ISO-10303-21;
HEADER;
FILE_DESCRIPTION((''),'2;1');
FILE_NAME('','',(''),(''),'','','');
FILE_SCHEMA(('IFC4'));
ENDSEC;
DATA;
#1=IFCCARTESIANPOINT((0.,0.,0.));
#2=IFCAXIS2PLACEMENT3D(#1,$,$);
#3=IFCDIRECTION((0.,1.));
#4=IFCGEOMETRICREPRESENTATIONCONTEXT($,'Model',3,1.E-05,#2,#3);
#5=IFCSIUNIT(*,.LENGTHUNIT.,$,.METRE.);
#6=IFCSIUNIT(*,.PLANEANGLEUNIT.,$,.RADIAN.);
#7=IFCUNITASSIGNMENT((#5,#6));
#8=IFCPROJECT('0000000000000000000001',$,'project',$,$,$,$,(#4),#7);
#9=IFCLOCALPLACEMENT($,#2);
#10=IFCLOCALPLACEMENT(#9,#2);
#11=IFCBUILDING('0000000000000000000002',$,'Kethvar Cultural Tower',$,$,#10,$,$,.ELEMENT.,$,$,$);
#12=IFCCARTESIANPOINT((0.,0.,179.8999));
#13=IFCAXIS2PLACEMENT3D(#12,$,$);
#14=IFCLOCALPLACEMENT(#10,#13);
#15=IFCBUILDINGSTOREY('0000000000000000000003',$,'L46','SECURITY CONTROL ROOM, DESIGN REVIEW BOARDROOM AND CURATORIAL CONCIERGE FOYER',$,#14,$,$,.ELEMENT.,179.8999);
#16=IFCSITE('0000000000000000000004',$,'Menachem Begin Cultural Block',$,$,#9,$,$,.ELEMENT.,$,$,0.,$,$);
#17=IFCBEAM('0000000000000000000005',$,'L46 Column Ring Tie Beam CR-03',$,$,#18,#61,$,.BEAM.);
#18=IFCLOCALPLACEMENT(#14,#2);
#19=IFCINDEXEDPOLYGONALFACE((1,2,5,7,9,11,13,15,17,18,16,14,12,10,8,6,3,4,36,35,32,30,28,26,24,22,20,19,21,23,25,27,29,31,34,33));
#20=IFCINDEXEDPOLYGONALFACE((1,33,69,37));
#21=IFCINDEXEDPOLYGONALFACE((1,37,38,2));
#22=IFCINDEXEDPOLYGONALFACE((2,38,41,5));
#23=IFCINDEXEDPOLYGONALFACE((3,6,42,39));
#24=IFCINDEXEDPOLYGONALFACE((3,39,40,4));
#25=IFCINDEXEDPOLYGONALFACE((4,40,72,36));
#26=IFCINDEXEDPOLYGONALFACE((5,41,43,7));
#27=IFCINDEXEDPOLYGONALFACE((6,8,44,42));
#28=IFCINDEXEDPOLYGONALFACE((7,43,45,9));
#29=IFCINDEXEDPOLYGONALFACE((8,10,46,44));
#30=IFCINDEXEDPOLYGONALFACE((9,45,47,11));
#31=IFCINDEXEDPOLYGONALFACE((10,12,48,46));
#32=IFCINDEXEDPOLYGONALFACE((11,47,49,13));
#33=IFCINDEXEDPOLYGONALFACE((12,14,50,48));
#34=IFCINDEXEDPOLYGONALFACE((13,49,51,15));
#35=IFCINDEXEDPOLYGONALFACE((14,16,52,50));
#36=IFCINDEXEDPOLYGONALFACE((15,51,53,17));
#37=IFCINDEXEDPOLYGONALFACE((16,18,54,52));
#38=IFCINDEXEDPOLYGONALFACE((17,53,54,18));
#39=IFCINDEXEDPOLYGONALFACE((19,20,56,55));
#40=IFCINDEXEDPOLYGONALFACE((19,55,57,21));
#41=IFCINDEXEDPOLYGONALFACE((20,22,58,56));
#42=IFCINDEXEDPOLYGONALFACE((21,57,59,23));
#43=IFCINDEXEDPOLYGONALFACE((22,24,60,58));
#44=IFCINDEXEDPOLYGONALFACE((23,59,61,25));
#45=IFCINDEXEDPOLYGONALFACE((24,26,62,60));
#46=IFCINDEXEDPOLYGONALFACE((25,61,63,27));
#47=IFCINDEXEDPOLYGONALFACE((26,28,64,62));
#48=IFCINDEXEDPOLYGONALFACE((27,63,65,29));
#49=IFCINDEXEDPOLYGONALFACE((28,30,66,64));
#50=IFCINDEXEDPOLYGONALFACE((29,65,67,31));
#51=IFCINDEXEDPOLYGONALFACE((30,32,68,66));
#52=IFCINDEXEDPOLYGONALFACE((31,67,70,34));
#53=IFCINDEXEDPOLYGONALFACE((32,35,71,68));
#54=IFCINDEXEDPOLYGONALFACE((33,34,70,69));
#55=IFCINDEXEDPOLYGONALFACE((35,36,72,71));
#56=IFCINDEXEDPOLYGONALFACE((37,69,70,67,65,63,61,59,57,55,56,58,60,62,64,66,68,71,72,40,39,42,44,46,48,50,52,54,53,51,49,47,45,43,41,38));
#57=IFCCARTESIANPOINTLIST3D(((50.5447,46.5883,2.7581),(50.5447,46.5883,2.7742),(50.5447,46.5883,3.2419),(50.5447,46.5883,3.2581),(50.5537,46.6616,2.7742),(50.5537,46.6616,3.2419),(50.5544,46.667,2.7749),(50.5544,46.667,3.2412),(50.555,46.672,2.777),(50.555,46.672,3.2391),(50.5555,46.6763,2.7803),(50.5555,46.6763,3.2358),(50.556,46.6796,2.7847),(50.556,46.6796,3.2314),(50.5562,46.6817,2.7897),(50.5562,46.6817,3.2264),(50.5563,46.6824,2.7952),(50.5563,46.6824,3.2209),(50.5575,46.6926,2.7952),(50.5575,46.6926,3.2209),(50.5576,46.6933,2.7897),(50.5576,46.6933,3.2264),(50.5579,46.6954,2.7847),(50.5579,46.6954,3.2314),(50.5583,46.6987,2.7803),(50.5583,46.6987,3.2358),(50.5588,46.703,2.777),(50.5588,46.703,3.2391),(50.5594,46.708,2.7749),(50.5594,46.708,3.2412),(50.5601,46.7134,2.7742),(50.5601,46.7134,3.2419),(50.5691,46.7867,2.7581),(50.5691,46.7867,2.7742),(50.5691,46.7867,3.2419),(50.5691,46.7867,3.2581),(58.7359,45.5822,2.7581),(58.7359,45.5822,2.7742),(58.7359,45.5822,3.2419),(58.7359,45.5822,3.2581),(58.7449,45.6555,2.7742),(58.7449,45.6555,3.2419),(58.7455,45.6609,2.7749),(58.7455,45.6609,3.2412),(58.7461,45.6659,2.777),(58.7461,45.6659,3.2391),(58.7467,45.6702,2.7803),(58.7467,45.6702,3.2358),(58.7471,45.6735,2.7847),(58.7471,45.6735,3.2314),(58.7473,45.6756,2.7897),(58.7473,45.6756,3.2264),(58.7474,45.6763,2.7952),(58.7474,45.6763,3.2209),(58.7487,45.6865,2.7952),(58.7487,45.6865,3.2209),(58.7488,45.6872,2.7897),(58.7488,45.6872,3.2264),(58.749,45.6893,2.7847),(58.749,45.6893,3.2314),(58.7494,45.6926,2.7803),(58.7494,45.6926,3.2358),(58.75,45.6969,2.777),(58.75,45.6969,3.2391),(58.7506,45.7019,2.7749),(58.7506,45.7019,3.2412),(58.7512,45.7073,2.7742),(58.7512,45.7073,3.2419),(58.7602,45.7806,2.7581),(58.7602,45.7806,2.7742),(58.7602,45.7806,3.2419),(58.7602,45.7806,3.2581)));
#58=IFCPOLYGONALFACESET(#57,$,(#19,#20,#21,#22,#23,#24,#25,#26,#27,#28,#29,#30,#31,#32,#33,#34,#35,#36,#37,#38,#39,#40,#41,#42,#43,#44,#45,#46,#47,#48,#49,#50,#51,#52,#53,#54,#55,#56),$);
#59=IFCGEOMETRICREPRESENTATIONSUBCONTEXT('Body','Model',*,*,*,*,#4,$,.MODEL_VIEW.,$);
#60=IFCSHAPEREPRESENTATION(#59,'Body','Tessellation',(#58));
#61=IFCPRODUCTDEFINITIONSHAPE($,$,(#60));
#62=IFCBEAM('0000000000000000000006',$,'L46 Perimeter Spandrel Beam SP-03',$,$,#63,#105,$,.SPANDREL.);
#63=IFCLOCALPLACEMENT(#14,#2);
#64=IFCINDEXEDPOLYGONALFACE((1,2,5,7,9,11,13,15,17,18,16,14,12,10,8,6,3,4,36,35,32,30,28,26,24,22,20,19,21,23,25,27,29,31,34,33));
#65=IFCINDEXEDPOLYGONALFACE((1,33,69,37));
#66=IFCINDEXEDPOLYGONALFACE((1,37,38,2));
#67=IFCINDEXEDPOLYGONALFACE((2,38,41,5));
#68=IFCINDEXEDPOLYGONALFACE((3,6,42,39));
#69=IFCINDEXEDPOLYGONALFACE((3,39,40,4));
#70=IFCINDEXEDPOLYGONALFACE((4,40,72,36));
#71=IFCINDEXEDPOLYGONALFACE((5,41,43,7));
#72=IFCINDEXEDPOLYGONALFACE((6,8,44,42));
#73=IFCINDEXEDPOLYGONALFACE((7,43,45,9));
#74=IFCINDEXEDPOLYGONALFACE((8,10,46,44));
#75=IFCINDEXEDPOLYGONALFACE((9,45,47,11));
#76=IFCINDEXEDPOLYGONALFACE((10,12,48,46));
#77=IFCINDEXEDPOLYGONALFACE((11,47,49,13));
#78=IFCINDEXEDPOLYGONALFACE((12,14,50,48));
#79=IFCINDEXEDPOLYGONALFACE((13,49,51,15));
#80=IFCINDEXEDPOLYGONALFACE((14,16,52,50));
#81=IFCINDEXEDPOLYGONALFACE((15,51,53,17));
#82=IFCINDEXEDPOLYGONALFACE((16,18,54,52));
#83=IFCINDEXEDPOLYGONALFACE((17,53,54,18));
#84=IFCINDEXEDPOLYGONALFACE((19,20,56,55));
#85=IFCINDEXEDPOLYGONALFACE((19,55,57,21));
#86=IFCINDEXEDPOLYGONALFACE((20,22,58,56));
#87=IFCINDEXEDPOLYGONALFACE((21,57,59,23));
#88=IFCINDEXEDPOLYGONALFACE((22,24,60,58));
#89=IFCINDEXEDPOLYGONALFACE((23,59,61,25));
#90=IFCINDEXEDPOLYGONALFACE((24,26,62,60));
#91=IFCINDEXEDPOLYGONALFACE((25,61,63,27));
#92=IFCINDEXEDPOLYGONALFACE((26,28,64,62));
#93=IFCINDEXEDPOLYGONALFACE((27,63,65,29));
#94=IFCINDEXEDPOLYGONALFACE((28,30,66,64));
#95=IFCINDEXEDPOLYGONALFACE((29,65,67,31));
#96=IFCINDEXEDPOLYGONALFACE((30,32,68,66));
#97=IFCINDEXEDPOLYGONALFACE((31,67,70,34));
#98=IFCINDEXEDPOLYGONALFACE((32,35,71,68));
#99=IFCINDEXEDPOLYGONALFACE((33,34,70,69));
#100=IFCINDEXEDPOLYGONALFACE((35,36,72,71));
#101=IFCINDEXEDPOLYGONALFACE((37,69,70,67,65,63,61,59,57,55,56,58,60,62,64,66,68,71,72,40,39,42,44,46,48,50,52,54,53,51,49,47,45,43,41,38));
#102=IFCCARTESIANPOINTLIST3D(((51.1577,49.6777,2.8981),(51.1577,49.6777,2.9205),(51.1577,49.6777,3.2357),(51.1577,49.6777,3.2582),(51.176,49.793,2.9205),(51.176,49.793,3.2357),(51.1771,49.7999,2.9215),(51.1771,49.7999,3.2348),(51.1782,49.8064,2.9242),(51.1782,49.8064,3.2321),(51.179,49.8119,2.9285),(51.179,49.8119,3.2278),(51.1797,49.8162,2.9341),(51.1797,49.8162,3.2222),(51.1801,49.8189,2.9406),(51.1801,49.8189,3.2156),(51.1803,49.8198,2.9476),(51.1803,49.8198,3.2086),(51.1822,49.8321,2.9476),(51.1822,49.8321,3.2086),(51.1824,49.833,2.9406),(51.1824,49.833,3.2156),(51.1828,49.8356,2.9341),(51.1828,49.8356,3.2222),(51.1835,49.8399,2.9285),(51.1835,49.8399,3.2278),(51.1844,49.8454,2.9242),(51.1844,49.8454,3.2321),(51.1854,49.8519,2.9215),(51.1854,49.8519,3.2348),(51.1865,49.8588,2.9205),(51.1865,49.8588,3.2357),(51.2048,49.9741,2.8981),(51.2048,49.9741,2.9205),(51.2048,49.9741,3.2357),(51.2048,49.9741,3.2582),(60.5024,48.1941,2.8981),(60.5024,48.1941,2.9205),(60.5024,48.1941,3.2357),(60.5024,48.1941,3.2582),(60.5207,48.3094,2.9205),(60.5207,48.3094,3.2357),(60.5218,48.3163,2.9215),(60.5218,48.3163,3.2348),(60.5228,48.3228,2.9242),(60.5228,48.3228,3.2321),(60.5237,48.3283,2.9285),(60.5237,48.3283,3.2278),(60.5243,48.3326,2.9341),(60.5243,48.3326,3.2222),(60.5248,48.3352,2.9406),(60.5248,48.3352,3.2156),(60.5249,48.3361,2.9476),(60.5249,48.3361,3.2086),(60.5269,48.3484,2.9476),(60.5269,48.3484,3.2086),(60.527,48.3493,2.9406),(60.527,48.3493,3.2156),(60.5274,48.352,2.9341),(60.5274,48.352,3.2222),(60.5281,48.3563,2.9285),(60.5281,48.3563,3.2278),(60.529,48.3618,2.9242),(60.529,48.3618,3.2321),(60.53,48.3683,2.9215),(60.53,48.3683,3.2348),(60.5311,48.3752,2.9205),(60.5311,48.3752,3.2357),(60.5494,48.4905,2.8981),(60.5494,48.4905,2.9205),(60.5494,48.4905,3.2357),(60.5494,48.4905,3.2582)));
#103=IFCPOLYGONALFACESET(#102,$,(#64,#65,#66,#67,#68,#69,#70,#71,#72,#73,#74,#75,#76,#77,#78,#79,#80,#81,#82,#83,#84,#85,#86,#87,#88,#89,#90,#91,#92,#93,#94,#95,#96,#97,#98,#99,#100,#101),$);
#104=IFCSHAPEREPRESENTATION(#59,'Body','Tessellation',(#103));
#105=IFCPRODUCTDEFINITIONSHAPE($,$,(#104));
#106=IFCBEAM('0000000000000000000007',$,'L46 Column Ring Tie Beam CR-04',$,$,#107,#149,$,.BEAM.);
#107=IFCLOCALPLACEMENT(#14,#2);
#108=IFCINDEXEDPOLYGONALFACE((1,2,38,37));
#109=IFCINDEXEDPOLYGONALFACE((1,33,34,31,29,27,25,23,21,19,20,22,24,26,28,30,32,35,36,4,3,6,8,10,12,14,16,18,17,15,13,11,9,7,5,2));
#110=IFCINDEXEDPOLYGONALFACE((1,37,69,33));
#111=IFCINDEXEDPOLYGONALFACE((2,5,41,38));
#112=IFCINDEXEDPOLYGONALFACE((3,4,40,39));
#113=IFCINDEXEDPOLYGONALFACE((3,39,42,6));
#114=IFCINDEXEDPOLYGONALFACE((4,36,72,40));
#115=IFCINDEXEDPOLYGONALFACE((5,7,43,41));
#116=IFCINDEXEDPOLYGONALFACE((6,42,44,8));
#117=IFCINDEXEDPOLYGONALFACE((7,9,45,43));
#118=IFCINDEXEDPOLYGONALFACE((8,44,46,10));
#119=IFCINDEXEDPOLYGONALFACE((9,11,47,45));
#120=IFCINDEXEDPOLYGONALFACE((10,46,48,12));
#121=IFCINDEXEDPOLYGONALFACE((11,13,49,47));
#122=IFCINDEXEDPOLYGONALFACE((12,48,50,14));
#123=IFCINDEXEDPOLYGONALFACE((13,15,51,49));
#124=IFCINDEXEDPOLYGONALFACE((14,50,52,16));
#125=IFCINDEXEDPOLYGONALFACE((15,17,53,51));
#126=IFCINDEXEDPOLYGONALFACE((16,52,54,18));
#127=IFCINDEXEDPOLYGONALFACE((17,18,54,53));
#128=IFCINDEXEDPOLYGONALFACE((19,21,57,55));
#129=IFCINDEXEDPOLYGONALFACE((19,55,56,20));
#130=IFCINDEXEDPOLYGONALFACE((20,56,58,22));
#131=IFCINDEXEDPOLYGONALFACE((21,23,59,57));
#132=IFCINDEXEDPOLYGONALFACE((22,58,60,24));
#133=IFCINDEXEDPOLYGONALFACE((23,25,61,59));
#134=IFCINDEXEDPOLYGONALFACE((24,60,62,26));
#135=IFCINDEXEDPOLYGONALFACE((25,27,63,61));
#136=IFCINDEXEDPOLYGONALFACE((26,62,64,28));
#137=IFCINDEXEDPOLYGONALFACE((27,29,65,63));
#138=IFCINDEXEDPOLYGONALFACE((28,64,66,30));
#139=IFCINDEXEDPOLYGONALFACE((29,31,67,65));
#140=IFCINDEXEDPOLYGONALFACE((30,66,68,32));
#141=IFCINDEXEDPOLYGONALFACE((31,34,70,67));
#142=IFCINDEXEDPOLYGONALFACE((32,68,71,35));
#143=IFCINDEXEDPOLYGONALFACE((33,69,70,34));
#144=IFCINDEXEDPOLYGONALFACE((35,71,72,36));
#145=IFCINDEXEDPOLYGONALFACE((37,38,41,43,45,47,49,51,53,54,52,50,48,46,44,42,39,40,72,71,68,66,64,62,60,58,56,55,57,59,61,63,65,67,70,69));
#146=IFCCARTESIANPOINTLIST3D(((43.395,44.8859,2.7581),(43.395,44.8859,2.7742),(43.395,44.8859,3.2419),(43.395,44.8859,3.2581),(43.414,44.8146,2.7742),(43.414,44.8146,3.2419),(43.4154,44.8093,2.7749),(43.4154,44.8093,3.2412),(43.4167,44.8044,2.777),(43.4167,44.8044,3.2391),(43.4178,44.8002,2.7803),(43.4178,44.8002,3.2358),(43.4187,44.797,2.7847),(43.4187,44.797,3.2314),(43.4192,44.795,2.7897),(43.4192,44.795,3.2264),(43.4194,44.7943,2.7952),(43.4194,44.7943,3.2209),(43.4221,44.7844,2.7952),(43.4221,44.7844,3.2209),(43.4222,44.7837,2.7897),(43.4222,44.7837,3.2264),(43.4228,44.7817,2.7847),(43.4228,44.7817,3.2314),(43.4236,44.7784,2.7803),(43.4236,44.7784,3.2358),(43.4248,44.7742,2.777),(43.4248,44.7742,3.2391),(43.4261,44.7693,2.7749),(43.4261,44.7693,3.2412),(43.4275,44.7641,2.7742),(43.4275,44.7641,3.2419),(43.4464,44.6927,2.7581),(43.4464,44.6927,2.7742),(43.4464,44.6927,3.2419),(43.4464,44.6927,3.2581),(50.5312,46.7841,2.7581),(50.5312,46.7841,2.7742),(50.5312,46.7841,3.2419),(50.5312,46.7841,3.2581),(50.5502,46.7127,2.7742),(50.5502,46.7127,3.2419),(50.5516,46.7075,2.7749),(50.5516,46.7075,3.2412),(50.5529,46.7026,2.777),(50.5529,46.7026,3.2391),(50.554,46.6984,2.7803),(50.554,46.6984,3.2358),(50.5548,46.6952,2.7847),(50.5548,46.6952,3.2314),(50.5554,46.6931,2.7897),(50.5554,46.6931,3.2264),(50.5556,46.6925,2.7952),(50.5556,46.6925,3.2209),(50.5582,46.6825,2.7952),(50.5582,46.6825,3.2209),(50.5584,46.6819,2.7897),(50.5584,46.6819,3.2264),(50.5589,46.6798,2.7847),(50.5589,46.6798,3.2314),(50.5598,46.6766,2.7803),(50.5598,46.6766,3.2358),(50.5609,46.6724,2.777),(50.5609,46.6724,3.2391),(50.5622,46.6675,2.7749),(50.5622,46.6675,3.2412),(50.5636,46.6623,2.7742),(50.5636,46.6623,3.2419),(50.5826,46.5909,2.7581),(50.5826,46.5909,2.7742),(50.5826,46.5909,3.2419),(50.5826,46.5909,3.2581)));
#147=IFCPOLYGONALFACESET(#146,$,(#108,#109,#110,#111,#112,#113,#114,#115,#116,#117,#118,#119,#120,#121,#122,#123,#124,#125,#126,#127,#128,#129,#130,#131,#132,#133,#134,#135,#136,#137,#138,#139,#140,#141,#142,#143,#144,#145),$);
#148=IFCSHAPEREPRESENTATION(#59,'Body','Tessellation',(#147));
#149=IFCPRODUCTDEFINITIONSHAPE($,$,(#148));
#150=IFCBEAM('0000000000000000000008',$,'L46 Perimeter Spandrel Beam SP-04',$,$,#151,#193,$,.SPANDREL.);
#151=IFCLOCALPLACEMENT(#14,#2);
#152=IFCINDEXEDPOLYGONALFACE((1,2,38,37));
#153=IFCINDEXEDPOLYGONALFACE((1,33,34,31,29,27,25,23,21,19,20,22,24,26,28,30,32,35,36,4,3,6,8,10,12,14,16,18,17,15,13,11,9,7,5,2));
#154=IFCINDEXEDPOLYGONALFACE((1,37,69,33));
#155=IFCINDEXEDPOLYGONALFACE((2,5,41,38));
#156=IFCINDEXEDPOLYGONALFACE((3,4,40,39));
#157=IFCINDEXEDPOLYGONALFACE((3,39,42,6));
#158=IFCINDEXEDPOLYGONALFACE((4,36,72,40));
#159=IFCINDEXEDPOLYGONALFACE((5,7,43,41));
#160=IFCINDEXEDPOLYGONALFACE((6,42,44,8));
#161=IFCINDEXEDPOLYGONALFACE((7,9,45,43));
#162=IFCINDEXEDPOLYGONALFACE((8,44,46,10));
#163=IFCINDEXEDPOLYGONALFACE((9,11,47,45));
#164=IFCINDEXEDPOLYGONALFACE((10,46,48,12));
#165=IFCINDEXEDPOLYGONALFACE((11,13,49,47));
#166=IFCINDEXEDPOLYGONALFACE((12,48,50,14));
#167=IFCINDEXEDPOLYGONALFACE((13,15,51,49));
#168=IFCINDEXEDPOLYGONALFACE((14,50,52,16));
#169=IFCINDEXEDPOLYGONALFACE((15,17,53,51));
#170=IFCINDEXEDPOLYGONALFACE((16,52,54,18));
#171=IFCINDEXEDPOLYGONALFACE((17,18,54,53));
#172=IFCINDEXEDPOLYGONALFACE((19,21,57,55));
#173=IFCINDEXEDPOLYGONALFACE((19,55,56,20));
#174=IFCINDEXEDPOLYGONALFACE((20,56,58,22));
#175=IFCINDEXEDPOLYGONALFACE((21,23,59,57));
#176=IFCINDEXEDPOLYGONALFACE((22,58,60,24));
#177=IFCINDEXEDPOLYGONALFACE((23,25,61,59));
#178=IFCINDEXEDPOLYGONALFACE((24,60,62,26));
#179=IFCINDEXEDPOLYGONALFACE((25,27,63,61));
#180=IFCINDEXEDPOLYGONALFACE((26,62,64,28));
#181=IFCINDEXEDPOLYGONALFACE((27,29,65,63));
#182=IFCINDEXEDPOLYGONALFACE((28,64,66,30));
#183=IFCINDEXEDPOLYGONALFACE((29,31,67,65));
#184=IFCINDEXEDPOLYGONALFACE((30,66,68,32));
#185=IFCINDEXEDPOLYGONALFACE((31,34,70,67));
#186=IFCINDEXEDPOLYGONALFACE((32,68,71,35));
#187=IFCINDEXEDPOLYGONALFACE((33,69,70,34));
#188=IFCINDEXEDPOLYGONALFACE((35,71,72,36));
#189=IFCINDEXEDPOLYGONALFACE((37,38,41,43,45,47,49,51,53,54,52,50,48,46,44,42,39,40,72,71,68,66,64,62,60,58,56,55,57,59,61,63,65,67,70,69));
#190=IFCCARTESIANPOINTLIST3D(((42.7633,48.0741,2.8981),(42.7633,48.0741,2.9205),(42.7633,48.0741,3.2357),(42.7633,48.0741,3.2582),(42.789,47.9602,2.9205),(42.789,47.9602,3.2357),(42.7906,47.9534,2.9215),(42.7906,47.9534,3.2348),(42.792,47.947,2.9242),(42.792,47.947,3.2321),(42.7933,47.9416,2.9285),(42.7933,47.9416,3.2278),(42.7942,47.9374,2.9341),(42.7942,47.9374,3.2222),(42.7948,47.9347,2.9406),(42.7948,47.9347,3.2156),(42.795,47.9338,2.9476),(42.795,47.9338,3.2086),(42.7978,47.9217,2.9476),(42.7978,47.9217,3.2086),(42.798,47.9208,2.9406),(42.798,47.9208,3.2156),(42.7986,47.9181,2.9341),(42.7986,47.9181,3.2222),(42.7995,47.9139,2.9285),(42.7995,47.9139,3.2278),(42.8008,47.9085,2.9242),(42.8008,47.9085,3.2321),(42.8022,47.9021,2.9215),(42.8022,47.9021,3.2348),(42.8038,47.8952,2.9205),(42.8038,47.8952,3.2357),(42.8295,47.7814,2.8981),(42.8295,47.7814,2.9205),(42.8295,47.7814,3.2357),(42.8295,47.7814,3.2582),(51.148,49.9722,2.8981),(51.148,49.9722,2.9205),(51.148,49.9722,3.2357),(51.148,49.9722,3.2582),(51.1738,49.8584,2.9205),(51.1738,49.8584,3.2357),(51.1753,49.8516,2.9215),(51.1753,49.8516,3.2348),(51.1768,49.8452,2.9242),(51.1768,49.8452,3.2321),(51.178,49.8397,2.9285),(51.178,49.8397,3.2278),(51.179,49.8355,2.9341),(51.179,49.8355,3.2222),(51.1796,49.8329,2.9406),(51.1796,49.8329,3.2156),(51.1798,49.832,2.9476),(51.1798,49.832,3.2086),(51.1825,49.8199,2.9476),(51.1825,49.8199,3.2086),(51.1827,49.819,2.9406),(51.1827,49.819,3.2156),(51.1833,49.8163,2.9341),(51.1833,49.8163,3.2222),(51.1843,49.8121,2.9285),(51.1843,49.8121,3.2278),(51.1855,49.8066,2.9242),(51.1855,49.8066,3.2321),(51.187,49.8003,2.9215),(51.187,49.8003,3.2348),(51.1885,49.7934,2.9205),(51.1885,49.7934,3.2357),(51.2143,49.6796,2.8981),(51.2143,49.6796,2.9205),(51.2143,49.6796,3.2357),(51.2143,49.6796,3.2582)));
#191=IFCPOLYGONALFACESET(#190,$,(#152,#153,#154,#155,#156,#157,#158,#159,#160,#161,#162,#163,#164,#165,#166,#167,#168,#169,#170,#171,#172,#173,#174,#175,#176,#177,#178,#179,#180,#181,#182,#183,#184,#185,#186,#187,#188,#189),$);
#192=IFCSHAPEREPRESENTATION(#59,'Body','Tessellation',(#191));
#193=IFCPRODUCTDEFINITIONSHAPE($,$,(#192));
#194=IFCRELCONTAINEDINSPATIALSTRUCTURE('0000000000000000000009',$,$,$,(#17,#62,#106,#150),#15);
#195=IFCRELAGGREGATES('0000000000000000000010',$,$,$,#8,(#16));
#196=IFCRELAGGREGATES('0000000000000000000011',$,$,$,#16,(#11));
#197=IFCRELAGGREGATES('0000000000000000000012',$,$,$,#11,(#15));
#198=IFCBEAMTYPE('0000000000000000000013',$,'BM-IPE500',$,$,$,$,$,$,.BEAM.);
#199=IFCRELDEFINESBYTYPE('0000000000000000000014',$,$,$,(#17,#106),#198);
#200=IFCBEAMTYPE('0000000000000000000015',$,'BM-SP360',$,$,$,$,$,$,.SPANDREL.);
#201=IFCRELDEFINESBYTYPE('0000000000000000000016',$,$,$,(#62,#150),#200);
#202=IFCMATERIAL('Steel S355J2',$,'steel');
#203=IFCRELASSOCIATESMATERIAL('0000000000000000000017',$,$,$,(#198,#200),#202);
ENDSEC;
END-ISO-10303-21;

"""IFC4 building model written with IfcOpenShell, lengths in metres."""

from ifc_helpers import new_model, si_unit, direction, frame, origin, origin_2d, place, context, subcontext, project, spatial, i_section, extrude, source, transform, mapped, material, material_profile, profile_set, type_object, element, save


model = new_model("IFC4")

# Units and contexts
model_context = context("Model", 3, precision=1e-05, world=origin(), true_north=direction((0.0, 1.0)))
body_context = subcontext(model_context, "Body", "Model", "MODEL_VIEW")
ifc_project = project(units=[si_unit("LENGTHUNIT", "METRE"), si_unit("PLANEANGLEUNIT", "RADIAN")], contexts=[model_context])

# Site, building, storey
site_placement = place(None, origin())
site = spatial("IfcSite", under=ifc_project, at=site_placement, Name="Menachem Begin Cultural Block", CompositionType="ELEMENT", RefElevation=0.0)
building_placement = place(site_placement, origin())
building = spatial("IfcBuilding", under=site, at=building_placement, Name="Kethvar Cultural Tower", CompositionType="ELEMENT")
storey_placement = place(building_placement, frame((0.0, 0.0, 179.8999)))
storey = spatial("IfcBuildingStorey", under=building, at=storey_placement, Name="L46", Description="SECURITY CONTROL ROOM, DESIGN REVIEW BOARDROOM AND CURATORIAL CONCIERGE FOYER", CompositionType="ELEMENT", Elevation=179.8999)

# Beams
ifc_material_1 = material(Name="Steel S355J2", Category="steel")
ifc_material_profile_1 = material_profile(ifc_material_1, i_section(OverallWidth=0.2, OverallDepth=0.5, WebThickness=0.0103, FlangeThickness=0.0161, FilletRadius=0.021, at=origin_2d()), Name="Steel S355J2 — IPE500")
ifc_profile_set_1 = profile_set([ifc_material_profile_1], Name="Steel S355J2 — IPE500")
beam_type_1 = type_object("IfcBeamType", Name="BM-IPE500", PredefinedType="BEAM", material=ifc_profile_set_1)
shared_shape_1 = source(origin(), body_context, "Body", "SweptSolid", [
    extrude(i_section(OverallWidth=0.2, OverallDepth=0.5, WebThickness=0.0103, FlangeThickness=0.0161, FilletRadius=0.021, at=origin_2d()), origin(), (0.0, 0.0, 1.0), 8.2527),
])
beam_1_placement = place(storey_placement, frame((58.748, 45.6814, 3.0081), z_axis=(-0.992541, 0.121912, 0.0), x_axis=(-0.121912, -0.992541, 0.0)))
element("IfcBeam", 1, at=beam_1_placement, inside=storey, type_object=beam_type_1, Name="L46 Column Ring Tie Beam CR-03", PredefinedType="BEAM", context=body_context, shape_type="MappedRepresentation", body=[
    mapped(shared_shape_1, transform((0.0, 0.0, 0.0), scale=1.0)),
])
ifc_material_profile_2 = material_profile(ifc_material_1, i_section(OverallWidth=0.3, OverallDepth=0.3601, WebThickness=0.0125, FlangeThickness=0.0225, FilletRadius=0.0271, at=origin_2d()), Name="Steel S355J2 — HEB360")
ifc_profile_set_2 = profile_set([ifc_material_profile_2], Name="Steel S355J2 — HEB360")
beam_type_2 = type_object("IfcBeamType", Name="BM-SP360", PredefinedType="SPANDREL", material=ifc_profile_set_2)
shared_shape_2 = source(origin(), body_context, "Body", "SweptSolid", [
    extrude(i_section(OverallWidth=0.3, OverallDepth=0.3601, WebThickness=0.0125, FlangeThickness=0.0225, FilletRadius=0.0271, at=origin_2d()), origin(), (0.0, 0.0, 1.0), 9.4617),
])
beam_2_placement = place(storey_placement, frame((60.5259, 48.3423, 3.0781), z_axis=(-0.98763, 0.156804, 0.0), x_axis=(-0.156804, -0.98763, 0.0)))
element("IfcBeam", 2, at=beam_2_placement, inside=storey, type_object=beam_type_2, Name="L46 Perimeter Spandrel Beam SP-03", PredefinedType="SPANDREL", context=body_context, shape_type="MappedRepresentation", body=[
    mapped(shared_shape_2, transform((0.0, 0.0, 0.0), scale=1.0)),
])
shared_shape_3 = source(origin(), body_context, "Body", "SweptSolid", [
    extrude(i_section(OverallWidth=0.2, OverallDepth=0.5, WebThickness=0.0103, FlangeThickness=0.0161, FilletRadius=0.021, at=origin_2d()), origin(), (0.0, 0.0, 1.0), 7.3843),
])
beam_3_placement = place(storey_placement, frame((50.5569, 46.6875, 3.0081), z_axis=(-0.966397, -0.257056, 0.0), x_axis=(0.257056, -0.966397, 0.0)))
element("IfcBeam", 3, at=beam_3_placement, inside=storey, type_object=beam_type_1, Name="L46 Column Ring Tie Beam CR-04", PredefinedType="BEAM", context=body_context, shape_type="MappedRepresentation", body=[
    mapped(shared_shape_3, transform((0.0, 0.0, 0.0), scale=1.0)),
])
shared_shape_4 = source(origin(), body_context, "Body", "SweptSolid", [
    extrude(i_section(OverallWidth=0.3, OverallDepth=0.3601, WebThickness=0.0125, FlangeThickness=0.0225, FilletRadius=0.0271, at=origin_2d()), origin(), (0.0, 0.0, 1.0), 8.5969),
])
beam_4_placement = place(storey_placement, frame((51.1812, 49.8259, 3.0781), z_axis=(-0.975319, -0.220799, 0.0), x_axis=(0.220799, -0.975319, 0.0)))
element("IfcBeam", 4, at=beam_4_placement, inside=storey, type_object=beam_type_2, Name="L46 Perimeter Spandrel Beam SP-04", PredefinedType="SPANDREL", context=body_context, shape_type="MappedRepresentation", body=[
    mapped(shared_shape_4, transform((0.0, 0.0, 0.0), scale=1.0)),
])

save(model, "model.ifc")
